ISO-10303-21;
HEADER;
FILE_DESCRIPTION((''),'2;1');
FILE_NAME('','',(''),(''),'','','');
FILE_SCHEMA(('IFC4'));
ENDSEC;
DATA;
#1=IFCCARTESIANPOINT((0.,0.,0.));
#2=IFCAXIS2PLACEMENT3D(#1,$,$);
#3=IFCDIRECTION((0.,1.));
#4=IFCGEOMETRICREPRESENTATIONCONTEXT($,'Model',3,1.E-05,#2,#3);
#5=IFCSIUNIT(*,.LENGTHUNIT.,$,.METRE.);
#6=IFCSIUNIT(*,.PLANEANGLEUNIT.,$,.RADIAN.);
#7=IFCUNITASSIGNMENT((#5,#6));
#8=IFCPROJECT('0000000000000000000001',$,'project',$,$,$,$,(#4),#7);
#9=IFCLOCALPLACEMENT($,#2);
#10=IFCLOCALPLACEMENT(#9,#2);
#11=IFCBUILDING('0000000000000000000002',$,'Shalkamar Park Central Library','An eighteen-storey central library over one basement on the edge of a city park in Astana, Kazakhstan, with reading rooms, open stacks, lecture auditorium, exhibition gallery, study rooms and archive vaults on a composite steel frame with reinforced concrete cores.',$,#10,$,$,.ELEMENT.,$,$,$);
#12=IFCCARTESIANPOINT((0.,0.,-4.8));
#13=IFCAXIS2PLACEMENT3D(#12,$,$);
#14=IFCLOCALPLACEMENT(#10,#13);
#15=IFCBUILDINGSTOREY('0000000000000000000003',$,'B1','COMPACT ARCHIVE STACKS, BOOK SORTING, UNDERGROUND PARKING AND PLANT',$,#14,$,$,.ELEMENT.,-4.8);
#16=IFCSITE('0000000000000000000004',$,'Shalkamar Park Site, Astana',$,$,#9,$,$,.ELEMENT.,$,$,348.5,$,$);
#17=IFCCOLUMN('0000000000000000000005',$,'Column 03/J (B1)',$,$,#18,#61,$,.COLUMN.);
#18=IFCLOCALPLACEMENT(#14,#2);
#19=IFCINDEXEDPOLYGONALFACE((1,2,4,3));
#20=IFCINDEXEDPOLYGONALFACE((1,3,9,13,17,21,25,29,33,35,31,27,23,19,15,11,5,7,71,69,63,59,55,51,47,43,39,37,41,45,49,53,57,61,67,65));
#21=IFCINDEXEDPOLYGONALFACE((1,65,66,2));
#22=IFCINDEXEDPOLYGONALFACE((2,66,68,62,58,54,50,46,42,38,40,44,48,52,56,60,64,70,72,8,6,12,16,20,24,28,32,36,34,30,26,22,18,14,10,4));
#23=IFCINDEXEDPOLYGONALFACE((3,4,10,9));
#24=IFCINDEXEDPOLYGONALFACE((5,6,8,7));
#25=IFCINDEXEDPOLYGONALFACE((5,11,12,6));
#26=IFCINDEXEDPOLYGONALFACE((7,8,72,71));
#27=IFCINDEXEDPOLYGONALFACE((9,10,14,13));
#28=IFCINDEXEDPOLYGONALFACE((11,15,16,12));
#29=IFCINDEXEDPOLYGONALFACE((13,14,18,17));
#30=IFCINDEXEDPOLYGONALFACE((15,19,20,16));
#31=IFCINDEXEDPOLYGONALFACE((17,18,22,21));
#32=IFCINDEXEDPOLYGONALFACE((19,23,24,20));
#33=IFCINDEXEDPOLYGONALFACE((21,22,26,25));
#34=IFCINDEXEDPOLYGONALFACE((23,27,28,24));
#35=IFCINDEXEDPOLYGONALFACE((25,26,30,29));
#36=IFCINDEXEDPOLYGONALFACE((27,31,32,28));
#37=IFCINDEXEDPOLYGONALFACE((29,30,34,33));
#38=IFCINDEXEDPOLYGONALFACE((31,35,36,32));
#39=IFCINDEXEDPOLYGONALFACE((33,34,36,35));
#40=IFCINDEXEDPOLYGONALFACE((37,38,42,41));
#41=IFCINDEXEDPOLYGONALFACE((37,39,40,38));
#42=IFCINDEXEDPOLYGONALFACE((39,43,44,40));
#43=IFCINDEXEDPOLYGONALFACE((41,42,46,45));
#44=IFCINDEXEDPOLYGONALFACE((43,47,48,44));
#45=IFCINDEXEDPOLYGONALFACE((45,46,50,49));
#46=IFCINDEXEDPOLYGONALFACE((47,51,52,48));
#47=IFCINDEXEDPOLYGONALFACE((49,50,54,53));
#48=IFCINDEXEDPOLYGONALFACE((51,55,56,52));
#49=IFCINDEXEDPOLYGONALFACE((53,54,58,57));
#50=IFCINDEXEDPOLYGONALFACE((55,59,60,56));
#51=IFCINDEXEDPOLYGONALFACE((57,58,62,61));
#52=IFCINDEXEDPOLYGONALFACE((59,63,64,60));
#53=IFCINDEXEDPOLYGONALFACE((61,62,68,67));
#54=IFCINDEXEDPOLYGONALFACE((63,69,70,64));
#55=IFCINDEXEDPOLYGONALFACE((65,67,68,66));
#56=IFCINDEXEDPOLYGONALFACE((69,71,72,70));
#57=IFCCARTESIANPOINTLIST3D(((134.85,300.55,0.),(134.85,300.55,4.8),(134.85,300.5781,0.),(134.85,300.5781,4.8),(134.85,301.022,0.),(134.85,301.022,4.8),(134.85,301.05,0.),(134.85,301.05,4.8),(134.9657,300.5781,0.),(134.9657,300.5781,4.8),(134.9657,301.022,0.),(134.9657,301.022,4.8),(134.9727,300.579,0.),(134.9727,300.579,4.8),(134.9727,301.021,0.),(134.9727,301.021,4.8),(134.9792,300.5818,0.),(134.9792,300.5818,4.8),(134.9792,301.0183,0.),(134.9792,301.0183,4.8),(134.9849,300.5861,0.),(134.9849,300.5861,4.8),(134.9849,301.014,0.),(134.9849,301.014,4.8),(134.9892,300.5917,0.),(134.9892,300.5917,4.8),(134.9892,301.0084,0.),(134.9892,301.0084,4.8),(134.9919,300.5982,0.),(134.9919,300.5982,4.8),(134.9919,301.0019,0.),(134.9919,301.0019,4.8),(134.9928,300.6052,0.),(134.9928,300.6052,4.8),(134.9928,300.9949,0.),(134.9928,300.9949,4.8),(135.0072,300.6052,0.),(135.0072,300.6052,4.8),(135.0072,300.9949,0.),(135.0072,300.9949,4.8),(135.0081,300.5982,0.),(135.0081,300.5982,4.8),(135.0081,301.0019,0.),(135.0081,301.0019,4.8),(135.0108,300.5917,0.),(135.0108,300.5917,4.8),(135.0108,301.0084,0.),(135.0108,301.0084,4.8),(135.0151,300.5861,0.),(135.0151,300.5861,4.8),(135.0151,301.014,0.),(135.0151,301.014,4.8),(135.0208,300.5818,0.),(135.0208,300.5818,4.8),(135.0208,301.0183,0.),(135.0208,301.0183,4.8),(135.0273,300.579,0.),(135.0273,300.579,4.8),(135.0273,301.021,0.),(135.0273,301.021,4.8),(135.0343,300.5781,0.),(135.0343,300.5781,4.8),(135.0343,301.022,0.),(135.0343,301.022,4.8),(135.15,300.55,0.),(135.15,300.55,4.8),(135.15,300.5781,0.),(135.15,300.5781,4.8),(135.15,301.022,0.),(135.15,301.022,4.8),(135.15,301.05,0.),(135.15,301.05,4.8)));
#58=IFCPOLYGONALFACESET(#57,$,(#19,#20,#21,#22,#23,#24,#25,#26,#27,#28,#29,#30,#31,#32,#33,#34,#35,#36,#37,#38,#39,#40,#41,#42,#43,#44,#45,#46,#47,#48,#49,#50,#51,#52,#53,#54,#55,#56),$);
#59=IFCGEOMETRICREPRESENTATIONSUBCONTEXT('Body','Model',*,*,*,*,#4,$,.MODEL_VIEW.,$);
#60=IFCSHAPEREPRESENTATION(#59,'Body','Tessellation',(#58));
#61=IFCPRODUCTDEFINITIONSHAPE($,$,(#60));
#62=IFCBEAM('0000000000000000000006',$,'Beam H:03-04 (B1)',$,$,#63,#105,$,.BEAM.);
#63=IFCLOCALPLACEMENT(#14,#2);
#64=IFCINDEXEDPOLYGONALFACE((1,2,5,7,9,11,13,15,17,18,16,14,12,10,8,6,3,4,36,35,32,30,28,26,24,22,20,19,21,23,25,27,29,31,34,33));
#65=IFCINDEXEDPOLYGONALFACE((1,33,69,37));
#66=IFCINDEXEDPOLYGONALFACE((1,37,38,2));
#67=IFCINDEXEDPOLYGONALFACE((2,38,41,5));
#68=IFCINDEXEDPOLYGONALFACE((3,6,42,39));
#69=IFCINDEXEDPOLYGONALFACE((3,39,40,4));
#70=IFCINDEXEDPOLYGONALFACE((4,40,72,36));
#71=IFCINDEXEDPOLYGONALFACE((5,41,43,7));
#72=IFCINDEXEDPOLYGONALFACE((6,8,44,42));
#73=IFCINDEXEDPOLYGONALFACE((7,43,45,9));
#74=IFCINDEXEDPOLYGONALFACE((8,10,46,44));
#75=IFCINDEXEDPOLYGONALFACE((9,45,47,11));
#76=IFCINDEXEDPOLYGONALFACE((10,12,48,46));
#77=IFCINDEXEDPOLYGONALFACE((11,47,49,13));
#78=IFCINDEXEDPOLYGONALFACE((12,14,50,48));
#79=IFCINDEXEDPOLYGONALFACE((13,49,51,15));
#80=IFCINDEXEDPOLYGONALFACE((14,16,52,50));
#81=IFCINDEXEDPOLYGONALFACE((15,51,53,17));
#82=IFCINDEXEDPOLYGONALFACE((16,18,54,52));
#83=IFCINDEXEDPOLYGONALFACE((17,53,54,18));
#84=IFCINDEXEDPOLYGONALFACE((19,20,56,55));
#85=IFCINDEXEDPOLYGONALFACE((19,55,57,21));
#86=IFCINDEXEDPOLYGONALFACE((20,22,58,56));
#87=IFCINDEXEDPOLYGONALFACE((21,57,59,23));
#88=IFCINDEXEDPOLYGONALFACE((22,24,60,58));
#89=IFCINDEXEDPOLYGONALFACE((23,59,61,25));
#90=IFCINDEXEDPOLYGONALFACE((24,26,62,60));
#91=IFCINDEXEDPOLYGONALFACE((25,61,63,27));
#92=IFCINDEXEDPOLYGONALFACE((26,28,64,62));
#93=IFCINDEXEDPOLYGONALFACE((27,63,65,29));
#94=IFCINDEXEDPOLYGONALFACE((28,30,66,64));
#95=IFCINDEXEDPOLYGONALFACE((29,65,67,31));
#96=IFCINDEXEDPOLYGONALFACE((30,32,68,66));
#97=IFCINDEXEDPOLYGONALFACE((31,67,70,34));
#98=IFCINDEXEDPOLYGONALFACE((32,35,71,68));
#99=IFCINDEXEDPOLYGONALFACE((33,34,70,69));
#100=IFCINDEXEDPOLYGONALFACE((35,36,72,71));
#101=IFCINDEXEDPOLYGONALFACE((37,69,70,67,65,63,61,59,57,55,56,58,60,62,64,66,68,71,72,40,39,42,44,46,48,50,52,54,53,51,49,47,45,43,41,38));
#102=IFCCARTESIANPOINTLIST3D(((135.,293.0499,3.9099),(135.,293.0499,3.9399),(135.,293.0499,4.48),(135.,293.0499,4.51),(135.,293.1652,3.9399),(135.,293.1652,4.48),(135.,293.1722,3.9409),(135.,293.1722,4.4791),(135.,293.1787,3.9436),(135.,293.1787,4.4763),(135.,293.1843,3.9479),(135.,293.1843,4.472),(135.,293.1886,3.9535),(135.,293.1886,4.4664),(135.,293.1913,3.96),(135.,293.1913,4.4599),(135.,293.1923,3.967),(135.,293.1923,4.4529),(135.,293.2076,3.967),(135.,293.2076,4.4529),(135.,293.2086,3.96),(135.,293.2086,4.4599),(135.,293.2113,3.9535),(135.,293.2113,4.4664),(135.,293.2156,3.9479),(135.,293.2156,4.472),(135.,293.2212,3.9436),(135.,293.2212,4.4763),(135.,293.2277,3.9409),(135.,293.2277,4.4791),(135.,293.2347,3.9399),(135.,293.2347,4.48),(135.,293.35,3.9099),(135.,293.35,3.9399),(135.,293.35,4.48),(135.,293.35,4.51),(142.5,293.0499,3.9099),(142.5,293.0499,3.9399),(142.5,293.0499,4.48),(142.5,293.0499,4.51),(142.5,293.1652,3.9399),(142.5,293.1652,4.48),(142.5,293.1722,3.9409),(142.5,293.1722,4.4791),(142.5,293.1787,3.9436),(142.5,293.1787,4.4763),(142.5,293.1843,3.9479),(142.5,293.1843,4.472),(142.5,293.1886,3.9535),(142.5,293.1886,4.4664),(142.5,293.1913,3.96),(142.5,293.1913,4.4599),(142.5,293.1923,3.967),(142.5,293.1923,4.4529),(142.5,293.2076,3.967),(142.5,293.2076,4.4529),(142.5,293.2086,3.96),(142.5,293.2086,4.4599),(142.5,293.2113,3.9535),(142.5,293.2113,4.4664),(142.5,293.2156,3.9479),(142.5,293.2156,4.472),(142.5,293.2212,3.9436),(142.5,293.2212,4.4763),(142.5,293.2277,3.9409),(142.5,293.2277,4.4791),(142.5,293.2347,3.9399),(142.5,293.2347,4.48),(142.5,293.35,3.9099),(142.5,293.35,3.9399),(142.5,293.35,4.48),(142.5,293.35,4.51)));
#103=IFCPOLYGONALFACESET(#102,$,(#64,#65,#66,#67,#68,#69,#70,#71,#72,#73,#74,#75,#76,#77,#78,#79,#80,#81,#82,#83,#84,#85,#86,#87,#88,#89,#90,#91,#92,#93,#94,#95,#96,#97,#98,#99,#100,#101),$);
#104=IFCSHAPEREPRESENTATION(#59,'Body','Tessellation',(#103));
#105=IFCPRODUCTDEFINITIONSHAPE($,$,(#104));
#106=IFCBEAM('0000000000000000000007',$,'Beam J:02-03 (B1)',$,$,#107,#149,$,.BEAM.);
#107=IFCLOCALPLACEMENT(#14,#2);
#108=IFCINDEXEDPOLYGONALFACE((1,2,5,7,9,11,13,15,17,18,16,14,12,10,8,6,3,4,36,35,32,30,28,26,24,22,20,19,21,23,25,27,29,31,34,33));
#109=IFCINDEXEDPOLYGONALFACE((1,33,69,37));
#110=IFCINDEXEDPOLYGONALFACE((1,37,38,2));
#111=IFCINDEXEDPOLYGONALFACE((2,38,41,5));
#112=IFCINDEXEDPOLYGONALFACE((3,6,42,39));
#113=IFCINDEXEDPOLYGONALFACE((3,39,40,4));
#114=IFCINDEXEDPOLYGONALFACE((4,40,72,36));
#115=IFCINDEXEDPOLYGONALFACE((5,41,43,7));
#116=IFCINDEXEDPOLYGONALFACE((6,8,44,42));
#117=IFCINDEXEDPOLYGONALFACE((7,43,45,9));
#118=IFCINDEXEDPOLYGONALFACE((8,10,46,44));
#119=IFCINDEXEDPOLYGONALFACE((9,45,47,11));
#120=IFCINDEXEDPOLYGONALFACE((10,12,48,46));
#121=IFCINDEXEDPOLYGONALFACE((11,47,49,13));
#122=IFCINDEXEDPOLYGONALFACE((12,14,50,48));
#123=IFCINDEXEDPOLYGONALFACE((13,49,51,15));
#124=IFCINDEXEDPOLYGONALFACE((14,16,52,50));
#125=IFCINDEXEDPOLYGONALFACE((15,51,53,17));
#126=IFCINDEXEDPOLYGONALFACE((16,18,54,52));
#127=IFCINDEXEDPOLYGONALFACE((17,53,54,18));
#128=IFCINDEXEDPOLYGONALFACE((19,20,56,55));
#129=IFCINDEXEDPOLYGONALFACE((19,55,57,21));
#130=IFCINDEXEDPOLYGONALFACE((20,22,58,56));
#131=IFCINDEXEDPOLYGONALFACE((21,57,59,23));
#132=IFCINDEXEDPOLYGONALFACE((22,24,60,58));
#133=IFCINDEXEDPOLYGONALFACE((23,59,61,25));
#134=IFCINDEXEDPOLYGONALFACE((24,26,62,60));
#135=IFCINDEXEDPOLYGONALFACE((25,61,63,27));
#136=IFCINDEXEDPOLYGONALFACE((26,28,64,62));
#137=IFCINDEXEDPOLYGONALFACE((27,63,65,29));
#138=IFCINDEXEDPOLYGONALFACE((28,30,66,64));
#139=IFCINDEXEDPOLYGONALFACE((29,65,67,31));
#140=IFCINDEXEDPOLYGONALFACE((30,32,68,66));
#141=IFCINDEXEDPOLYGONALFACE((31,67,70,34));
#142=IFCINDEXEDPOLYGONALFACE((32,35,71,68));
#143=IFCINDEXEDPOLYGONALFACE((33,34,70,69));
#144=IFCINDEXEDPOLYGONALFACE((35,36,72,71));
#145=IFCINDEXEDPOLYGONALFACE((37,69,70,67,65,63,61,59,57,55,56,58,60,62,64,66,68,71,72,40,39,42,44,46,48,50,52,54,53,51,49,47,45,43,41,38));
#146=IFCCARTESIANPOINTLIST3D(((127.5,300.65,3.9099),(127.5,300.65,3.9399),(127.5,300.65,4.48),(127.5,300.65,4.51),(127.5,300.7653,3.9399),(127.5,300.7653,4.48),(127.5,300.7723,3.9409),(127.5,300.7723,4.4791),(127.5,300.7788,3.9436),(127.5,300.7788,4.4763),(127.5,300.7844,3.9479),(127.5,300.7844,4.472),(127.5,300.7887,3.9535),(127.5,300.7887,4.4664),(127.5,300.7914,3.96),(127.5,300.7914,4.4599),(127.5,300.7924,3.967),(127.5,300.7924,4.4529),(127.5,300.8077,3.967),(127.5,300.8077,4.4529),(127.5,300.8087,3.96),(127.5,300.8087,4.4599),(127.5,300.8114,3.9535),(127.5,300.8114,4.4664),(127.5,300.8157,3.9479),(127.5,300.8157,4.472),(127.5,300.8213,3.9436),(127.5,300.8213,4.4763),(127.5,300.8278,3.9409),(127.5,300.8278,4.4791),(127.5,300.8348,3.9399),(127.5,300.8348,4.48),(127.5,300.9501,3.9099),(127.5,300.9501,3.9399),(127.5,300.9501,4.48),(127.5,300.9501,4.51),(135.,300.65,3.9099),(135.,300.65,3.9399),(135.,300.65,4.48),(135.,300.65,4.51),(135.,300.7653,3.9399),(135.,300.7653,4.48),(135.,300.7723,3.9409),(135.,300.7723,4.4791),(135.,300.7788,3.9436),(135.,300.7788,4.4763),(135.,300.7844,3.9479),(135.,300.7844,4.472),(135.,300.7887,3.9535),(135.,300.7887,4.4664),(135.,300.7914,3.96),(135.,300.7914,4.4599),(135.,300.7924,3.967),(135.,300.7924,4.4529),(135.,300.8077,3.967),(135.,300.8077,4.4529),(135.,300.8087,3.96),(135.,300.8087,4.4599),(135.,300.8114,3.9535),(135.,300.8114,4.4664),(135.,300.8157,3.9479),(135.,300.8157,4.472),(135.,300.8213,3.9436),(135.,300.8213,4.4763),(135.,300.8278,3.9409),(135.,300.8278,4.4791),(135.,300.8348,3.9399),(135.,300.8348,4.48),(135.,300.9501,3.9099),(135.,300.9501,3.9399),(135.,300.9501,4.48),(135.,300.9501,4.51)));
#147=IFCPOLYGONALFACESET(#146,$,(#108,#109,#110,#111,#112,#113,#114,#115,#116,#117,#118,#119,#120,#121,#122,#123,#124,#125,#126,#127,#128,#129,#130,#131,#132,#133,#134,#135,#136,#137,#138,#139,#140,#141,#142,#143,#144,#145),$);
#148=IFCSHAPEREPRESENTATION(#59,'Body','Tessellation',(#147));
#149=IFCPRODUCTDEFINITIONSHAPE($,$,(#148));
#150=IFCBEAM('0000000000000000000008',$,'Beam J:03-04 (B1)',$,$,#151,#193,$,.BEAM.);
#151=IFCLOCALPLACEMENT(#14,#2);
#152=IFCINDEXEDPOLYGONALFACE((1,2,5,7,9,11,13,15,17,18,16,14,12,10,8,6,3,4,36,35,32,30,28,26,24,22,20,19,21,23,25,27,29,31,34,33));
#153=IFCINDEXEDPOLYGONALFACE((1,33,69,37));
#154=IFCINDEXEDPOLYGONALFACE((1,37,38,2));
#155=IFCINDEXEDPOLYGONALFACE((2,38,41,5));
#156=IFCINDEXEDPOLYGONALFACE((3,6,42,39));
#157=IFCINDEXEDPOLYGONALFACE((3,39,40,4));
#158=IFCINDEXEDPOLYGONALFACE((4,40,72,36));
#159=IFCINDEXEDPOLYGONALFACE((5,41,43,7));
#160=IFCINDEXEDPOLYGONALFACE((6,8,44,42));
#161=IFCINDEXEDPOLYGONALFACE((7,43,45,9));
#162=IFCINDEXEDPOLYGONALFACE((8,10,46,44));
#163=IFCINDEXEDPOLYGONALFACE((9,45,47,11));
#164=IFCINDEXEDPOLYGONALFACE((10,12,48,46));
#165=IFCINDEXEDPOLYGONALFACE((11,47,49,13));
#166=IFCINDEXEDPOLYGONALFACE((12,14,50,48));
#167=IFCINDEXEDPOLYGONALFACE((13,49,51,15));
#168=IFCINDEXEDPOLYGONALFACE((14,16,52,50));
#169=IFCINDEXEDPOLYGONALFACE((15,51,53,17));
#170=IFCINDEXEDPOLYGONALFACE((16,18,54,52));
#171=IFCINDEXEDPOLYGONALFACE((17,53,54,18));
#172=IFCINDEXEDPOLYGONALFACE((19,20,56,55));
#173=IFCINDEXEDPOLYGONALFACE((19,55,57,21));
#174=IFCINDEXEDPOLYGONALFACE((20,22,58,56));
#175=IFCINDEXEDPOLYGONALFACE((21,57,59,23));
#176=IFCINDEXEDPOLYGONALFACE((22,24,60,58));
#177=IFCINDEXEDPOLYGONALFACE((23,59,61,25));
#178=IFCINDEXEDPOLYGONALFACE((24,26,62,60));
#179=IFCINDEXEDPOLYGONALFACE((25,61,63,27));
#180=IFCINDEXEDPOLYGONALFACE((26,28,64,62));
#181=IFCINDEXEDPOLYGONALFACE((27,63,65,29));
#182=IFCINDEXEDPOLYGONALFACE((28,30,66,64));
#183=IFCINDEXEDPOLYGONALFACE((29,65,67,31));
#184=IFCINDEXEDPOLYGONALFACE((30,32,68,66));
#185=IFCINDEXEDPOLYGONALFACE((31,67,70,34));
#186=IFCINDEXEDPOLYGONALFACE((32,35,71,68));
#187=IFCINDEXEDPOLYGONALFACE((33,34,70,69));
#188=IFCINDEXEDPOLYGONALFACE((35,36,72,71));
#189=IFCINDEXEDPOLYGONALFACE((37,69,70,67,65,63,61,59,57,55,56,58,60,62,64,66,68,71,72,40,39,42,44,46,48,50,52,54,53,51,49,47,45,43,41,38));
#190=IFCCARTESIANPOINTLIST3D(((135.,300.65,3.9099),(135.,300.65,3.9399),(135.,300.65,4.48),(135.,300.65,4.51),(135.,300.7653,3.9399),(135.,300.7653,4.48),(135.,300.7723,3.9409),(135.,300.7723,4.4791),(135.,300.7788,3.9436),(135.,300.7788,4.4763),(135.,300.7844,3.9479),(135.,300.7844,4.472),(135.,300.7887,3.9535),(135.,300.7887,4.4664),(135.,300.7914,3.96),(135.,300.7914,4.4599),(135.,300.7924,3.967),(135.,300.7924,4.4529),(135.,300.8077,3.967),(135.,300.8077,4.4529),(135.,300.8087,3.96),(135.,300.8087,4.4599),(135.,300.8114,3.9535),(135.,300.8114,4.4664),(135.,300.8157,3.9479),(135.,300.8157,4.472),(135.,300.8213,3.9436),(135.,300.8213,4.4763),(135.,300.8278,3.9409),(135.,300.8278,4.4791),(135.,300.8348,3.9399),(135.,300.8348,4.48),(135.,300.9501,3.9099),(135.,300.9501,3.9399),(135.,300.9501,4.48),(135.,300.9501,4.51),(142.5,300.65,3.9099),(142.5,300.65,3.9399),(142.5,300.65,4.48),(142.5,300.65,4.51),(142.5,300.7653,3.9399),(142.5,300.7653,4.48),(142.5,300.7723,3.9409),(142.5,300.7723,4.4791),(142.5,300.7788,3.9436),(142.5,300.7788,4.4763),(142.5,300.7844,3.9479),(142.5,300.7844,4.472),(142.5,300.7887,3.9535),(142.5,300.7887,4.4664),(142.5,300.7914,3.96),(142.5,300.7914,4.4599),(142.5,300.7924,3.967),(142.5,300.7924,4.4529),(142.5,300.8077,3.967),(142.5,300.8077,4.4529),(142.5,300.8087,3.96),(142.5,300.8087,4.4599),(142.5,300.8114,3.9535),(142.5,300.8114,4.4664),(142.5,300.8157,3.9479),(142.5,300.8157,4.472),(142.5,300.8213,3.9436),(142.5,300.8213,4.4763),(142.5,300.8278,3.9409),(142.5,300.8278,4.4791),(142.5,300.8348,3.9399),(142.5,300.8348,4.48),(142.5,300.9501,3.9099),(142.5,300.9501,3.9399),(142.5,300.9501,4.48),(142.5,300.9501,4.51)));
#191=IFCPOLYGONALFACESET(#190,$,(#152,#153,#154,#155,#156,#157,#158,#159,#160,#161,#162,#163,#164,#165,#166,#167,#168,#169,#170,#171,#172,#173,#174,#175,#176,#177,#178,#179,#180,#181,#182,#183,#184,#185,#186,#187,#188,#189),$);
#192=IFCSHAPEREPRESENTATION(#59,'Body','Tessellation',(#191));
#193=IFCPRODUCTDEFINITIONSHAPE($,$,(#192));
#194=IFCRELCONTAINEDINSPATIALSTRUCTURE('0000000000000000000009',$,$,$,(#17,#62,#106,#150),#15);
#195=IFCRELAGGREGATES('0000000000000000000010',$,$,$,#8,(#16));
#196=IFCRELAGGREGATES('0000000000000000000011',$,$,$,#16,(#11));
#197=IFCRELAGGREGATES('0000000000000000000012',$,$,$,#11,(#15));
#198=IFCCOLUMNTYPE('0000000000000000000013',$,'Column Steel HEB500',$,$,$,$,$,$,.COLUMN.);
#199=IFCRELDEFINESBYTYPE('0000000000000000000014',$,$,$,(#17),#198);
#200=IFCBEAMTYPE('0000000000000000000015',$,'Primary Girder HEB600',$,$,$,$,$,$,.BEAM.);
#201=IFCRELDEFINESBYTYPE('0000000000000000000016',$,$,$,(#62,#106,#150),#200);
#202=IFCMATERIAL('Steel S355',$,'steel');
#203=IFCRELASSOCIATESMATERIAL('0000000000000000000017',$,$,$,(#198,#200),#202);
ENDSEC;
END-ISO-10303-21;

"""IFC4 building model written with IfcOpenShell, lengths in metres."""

from ifc_helpers import new_model, si_unit, direction, frame, origin, origin_2d, place, context, subcontext, project, spatial, i_section, extrude, material, material_profile, profile_set, type_object, element, save


model = new_model("IFC4")

# Units and contexts
model_context = context("Model", 3, precision=1e-05, world=origin(), true_north=direction((0.0, 1.0)))
body_context = subcontext(model_context, "Body", "Model", "MODEL_VIEW")
ifc_project = project(units=[si_unit("LENGTHUNIT", "METRE"), si_unit("PLANEANGLEUNIT", "RADIAN")], contexts=[model_context])

# Site, building, storey
site_placement = place(None, origin())
site = spatial("IfcSite", under=ifc_project, at=site_placement, Name="Shalkamar Park Site, Astana", CompositionType="ELEMENT", RefElevation=348.5)
building_placement = place(site_placement, origin())
building = spatial("IfcBuilding", under=site, at=building_placement, Name="Shalkamar Park Central Library", Description="An eighteen-storey central library over one basement on the edge of a city park in Astana, Kazakhstan, with reading rooms, open stacks, lecture auditorium, exhibition gallery, study rooms and archive vaults on a composite steel frame with reinforced concrete cores.", CompositionType="ELEMENT")
storey_placement = place(building_placement, frame((0.0, 0.0, -4.8)))
storey = spatial("IfcBuildingStorey", under=building, at=storey_placement, Name="B1", Description="COMPACT ARCHIVE STACKS, BOOK SORTING, UNDERGROUND PARKING AND PLANT", CompositionType="ELEMENT", Elevation=-4.8)

# Column
ifc_material_1 = material(Name="Steel S355", Category="steel")
ifc_material_profile_1 = material_profile(ifc_material_1, i_section(OverallWidth=0.3, OverallDepth=0.5, WebThickness=0.0144, FlangeThickness=0.0281, FilletRadius=0.0271, at=origin_2d()), Name="HEB 500")
ifc_profile_set_1 = profile_set([ifc_material_profile_1], Name="Steel S355")
column_type_1 = type_object("IfcColumnType", Name="Column Steel HEB500", PredefinedType="COLUMN", material=ifc_profile_set_1)
for number, where, z_axis, x_axis, name in (
    (1, (135.0, 300.8, 0.0), (0.0, 0.0, 1.0), (1.0, 0.0, 0.0), "Column 03/J (B1)"),
):
    element("IfcColumn", number, at=place(storey_placement, frame(where, z_axis=z_axis, x_axis=x_axis)), inside=storey, type_object=column_type_1, Name=name, PredefinedType="COLUMN", context=body_context, shape_type="SweptSolid", body=[
        extrude(i_section(OverallWidth=0.3, OverallDepth=0.5, WebThickness=0.0144, FlangeThickness=0.0281, FilletRadius=0.0271, at=origin_2d()), origin(), (0.0, 0.0, 1.0), 4.8),
    ])

# Beams
ifc_material_profile_2 = material_profile(ifc_material_1, i_section(OverallWidth=0.3, OverallDepth=0.6001, WebThickness=0.0154, FlangeThickness=0.03, FilletRadius=0.0271, at=origin_2d()), Name="HEB 600")
ifc_profile_set_2 = profile_set([ifc_material_profile_2], Name="Steel S355")
beam_type = type_object("IfcBeamType", Name="Primary Girder HEB600", PredefinedType="BEAM", material=ifc_profile_set_2)
for number, where, z_axis, x_axis, name in (
    (2, (135.0, 293.2, 4.21), (1.0, 0.0, 0.0), (0.0, 1.0, 0.0), "Beam H:03-04 (B1)"),
    (3, (127.5, 300.8, 4.21), (1.0, 0.0, 0.0), (0.0, 1.0, 0.0), "Beam J:02-03 (B1)"),
    (4, (135.0, 300.8, 4.21), (1.0, 0.0, 0.0), (0.0, 1.0, 0.0), "Beam J:03-04 (B1)"),
):
    element("IfcBeam", number, at=place(storey_placement, frame(where, z_axis=z_axis, x_axis=x_axis)), inside=storey, type_object=beam_type, Name=name, PredefinedType="BEAM", context=body_context, shape_type="SweptSolid", body=[
        extrude(i_section(OverallWidth=0.3, OverallDepth=0.6001, WebThickness=0.0154, FlangeThickness=0.03, FilletRadius=0.0271, at=origin_2d()), origin(), (0.0, 0.0, 1.0), 7.5),
    ])

save(model, "model.ifc")
